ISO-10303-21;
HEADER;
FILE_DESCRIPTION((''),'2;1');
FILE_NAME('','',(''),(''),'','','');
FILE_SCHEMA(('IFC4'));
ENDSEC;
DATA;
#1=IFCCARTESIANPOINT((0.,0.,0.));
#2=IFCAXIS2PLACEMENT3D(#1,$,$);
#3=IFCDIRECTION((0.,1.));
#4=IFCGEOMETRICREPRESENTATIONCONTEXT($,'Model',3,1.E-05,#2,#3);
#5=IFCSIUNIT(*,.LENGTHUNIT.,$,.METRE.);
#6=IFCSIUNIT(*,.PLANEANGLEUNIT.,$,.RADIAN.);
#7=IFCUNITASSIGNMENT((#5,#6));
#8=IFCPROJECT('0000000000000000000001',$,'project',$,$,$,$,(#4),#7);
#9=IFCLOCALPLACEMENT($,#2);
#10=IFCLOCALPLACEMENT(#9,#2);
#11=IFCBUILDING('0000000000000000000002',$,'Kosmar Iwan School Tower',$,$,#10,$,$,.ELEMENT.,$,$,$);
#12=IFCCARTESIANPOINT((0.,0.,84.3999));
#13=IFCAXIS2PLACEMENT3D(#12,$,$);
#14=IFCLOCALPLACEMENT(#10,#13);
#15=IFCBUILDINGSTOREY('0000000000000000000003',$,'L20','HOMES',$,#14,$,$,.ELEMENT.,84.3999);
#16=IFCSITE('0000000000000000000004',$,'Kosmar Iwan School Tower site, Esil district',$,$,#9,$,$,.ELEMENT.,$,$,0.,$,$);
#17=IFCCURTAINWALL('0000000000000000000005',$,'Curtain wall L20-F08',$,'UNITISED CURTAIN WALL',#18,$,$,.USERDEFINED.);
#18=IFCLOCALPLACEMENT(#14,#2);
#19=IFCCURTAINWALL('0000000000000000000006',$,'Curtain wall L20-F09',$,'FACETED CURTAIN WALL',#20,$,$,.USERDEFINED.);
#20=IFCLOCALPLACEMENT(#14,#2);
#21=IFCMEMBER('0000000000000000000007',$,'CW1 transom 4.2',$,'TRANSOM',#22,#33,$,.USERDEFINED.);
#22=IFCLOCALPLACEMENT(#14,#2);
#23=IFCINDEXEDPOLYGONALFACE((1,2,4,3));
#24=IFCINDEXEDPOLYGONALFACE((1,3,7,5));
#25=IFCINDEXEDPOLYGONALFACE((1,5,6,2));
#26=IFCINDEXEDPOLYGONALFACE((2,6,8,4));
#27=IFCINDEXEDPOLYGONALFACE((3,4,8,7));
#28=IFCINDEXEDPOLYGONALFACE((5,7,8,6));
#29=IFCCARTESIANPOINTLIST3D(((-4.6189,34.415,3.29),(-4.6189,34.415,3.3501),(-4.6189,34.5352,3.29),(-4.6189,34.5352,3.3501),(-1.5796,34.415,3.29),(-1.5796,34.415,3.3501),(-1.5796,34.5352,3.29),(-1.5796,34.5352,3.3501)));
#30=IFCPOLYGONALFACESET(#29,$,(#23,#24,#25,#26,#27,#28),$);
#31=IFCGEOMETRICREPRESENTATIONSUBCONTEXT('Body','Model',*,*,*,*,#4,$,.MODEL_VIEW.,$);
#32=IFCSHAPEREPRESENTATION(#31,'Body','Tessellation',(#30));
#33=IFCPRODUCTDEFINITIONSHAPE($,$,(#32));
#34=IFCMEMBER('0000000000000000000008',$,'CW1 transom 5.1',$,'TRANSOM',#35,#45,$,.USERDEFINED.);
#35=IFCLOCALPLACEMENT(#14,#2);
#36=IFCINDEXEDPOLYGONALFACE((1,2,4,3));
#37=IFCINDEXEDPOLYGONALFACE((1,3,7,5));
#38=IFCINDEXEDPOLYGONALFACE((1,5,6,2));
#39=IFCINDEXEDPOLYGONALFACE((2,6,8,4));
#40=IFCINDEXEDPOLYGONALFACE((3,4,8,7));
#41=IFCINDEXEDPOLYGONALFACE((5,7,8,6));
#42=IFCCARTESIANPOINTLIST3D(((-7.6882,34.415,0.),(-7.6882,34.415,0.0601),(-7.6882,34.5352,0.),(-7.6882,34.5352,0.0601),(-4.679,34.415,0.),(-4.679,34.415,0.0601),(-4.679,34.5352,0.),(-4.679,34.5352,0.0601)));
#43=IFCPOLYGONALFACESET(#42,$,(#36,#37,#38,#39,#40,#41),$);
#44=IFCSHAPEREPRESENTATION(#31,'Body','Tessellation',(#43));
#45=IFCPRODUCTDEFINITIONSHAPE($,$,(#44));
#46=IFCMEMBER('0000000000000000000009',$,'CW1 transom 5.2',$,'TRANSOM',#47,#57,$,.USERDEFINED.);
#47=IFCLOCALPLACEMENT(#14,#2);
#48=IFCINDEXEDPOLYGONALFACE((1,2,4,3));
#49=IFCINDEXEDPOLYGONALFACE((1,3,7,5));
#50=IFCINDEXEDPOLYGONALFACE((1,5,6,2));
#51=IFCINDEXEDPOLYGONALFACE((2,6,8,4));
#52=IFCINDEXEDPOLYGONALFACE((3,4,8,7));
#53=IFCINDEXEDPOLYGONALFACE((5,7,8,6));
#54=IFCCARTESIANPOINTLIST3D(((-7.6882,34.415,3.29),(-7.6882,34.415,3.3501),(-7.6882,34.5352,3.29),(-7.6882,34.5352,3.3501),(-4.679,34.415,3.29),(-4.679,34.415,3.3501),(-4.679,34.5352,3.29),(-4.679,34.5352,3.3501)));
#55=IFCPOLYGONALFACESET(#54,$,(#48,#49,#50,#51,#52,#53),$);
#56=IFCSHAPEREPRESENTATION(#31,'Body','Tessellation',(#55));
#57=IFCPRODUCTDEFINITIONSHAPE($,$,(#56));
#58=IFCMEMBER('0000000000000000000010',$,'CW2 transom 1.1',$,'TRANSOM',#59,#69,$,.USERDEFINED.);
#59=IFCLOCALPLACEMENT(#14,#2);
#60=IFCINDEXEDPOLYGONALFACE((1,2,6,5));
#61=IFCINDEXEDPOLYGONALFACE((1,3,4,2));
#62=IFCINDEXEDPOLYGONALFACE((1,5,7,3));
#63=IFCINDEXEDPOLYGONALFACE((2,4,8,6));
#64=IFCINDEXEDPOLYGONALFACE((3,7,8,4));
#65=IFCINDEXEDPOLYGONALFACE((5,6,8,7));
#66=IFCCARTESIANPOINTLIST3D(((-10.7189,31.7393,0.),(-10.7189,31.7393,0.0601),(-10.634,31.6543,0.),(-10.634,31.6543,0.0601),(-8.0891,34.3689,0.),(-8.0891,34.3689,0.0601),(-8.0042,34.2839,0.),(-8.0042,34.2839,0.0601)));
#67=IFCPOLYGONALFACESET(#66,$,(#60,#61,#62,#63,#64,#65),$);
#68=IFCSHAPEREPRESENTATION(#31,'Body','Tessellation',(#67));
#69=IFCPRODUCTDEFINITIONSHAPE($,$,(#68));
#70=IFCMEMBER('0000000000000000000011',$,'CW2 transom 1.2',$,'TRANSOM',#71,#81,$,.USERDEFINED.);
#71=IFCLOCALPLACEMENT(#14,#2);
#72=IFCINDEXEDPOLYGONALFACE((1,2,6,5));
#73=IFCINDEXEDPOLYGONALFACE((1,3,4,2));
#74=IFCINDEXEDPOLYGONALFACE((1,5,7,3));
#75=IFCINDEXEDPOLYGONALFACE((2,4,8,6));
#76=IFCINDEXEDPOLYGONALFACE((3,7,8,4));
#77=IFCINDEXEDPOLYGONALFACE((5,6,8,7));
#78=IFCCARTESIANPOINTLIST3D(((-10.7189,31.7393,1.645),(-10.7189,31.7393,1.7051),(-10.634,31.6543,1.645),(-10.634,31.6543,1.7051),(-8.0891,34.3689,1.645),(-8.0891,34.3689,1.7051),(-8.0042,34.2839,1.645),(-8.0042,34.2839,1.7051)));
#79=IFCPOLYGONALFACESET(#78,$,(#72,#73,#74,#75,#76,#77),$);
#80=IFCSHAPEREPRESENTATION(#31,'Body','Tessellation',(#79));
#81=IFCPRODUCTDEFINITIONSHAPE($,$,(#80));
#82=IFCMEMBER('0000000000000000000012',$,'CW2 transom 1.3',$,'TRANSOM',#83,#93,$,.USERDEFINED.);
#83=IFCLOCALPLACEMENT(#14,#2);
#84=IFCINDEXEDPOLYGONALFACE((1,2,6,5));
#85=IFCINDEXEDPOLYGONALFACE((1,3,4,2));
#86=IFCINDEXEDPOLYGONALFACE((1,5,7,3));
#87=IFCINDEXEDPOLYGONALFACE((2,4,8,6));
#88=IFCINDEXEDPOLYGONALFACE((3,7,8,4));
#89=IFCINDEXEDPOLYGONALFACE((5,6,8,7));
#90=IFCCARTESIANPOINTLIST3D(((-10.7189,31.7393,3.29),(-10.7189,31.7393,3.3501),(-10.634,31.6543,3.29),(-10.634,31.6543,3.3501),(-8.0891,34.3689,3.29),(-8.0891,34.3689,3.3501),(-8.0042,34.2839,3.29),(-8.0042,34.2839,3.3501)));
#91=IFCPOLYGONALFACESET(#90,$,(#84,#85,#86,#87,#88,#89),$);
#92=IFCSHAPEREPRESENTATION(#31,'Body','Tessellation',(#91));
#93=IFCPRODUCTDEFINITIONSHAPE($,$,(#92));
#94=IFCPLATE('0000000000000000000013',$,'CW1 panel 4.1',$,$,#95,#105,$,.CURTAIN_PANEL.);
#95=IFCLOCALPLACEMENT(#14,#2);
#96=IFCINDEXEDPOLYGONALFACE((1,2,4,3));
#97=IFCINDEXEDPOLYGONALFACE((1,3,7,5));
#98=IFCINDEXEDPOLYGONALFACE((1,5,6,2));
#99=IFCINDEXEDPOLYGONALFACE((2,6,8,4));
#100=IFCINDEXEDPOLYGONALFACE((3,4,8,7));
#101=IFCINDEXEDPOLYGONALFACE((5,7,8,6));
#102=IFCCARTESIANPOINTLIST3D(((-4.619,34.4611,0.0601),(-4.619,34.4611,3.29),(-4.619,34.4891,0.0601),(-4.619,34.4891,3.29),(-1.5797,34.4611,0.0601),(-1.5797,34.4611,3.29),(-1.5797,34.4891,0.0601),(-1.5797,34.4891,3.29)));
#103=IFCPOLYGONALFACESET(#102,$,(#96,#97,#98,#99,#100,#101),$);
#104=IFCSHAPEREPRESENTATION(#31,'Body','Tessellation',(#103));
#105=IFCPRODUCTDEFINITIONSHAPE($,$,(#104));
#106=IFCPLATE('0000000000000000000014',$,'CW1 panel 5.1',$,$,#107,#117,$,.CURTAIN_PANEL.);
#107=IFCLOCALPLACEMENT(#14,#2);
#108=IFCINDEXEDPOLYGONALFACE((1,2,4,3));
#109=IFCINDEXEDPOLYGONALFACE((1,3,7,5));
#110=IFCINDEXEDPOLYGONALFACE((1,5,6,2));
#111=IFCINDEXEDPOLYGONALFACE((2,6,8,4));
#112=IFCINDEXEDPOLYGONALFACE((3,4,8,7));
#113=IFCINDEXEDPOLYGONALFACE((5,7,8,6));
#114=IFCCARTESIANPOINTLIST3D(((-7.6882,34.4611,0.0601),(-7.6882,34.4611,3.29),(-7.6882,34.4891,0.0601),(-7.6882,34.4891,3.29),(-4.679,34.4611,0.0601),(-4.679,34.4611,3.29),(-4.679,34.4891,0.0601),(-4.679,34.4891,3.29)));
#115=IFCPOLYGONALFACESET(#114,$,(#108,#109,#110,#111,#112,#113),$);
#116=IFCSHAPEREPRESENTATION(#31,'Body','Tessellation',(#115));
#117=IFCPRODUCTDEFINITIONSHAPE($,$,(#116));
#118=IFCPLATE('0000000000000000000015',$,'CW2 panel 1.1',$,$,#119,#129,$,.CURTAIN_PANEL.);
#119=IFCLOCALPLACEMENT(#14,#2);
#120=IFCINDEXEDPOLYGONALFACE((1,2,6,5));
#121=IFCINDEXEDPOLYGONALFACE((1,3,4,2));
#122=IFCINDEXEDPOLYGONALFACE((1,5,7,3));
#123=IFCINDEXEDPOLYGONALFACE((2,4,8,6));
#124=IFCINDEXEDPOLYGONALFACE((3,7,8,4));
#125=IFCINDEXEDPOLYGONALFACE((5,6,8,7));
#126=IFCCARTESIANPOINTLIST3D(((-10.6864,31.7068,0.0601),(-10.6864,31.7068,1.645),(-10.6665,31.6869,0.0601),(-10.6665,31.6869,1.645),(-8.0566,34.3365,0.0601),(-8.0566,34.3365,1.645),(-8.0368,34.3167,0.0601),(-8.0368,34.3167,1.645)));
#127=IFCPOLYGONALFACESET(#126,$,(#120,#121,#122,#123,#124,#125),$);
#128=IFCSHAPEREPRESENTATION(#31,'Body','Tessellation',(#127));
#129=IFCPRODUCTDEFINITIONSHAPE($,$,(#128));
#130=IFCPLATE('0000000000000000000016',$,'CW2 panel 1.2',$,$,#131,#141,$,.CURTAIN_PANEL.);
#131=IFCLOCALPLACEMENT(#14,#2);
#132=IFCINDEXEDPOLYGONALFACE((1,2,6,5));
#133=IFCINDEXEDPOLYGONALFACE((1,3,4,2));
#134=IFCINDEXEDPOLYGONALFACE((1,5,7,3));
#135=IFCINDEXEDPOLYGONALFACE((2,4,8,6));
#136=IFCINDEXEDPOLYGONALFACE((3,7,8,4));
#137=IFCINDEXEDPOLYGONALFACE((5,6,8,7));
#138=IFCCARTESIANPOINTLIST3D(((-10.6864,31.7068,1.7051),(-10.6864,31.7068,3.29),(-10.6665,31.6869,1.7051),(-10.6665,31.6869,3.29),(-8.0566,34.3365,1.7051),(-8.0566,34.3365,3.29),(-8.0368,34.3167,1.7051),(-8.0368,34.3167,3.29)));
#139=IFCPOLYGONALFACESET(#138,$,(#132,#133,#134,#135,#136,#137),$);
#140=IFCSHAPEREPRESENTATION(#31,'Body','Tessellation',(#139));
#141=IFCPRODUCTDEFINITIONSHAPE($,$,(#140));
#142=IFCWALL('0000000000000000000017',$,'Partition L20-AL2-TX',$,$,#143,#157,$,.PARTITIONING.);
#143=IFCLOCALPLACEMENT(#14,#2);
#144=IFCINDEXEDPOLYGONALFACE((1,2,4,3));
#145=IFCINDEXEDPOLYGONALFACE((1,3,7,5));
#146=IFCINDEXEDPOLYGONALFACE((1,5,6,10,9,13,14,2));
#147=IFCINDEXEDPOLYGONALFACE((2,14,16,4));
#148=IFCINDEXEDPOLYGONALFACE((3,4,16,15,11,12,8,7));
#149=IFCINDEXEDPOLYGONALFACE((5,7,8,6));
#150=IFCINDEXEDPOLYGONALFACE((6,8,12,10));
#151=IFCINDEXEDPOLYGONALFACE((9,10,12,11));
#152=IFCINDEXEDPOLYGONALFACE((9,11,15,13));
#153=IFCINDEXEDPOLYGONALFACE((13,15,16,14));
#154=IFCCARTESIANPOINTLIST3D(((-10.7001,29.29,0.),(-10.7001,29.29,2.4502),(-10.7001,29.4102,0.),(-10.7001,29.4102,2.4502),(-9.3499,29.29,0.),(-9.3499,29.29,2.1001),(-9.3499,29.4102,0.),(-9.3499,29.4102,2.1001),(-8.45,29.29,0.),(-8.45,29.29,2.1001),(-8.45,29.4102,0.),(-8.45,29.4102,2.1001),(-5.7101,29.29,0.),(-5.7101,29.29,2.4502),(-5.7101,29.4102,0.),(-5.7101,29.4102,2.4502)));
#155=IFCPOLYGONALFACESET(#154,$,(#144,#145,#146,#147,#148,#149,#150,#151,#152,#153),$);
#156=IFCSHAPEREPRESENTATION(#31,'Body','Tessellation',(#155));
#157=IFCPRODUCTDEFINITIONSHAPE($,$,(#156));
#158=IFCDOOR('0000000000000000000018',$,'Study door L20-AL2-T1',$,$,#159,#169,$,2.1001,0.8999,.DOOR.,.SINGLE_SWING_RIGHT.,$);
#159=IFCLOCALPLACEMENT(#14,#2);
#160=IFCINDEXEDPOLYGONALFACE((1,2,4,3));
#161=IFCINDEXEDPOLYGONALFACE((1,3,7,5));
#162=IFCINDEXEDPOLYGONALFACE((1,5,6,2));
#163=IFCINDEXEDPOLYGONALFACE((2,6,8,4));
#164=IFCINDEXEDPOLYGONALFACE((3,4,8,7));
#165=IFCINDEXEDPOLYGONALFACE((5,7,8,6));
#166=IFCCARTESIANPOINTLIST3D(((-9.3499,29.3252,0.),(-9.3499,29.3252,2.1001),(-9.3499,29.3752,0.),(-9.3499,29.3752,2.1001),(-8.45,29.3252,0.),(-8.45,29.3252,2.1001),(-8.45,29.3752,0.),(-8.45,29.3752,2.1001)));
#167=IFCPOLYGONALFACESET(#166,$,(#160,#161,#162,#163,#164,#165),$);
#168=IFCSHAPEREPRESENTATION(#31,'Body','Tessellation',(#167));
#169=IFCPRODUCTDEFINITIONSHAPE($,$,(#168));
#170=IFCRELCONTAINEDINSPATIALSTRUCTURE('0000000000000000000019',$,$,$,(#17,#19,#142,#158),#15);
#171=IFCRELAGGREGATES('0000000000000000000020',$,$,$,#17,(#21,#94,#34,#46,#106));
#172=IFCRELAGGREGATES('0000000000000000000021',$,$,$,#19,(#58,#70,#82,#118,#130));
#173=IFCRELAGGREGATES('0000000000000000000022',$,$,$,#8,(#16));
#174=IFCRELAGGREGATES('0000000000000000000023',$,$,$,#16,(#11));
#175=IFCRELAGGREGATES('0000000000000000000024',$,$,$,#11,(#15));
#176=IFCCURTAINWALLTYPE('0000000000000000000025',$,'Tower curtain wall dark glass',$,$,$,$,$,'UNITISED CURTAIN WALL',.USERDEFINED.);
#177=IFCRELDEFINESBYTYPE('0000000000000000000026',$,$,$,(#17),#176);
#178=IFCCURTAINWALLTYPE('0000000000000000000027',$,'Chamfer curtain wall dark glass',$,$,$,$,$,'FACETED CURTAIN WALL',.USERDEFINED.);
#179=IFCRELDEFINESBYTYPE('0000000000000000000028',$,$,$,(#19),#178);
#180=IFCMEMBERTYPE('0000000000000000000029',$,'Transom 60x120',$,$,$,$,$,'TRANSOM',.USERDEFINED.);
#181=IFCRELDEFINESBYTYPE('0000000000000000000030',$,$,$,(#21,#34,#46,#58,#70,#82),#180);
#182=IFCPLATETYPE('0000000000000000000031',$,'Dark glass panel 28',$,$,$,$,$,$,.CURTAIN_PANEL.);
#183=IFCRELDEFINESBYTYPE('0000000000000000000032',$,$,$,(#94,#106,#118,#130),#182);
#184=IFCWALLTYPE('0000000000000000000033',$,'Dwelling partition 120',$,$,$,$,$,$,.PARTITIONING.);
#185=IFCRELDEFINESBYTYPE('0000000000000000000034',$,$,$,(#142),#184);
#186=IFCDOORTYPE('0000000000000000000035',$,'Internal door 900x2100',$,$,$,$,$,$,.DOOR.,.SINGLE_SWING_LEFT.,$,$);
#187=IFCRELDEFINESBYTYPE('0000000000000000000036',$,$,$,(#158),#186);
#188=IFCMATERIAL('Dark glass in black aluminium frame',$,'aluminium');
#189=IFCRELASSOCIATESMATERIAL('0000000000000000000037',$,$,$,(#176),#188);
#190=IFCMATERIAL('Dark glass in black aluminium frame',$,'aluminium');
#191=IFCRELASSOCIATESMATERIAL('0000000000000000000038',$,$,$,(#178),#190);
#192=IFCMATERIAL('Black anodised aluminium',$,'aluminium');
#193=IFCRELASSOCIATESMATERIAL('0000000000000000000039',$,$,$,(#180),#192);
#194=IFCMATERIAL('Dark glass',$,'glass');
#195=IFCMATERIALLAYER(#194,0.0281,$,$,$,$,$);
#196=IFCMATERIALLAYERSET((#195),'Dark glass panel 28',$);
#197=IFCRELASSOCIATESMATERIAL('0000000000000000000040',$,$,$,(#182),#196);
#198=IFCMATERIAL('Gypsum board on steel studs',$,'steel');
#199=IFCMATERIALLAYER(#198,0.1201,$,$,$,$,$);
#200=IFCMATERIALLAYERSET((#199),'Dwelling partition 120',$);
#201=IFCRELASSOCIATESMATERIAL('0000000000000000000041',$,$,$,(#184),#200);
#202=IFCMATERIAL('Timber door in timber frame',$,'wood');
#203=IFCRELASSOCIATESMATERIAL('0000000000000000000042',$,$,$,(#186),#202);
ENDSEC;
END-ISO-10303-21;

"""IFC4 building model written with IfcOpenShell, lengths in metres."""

from ifc_helpers import new_model, si_unit, direction, frame, frame_2d, origin, origin_2d, place, context, subcontext, project, spatial, rectangle, extrude, material, layer, layer_set, material_profile, profile_set, type_object, element, fill, aggregate, save


model = new_model("IFC4")

# Units and contexts
model_context = context("Model", 3, precision=1e-05, world=origin(), true_north=direction((0.0, 1.0)))
body_context = subcontext(model_context, "Body", "Model", "MODEL_VIEW")
ifc_project = project(units=[si_unit("LENGTHUNIT", "METRE"), si_unit("PLANEANGLEUNIT", "RADIAN")], contexts=[model_context])

# Site, building, storey
site_placement = place(None, origin())
site = spatial("IfcSite", under=ifc_project, at=site_placement, Name="Kosmar Iwan School Tower site, Esil district", CompositionType="ELEMENT", RefElevation=0.0)
building_placement = place(site_placement, origin())
building = spatial("IfcBuilding", under=site, at=building_placement, Name="Kosmar Iwan School Tower", CompositionType="ELEMENT")
storey_placement = place(building_placement, frame((0.0, 0.0, 84.3999)))
storey = spatial("IfcBuildingStorey", under=building, at=storey_placement, Name="L20", Description="HOMES", CompositionType="ELEMENT", Elevation=84.3999)

# Curtain walls
ifc_material_1 = material(Name="Dark glass in black aluminium frame", Category="aluminium")
curtain_wall_type_1 = type_object("IfcCurtainWallType", Name="Tower curtain wall dark glass", ElementType="UNITISED CURTAIN WALL", PredefinedType="USERDEFINED", material=ifc_material_1)
curtain_wall_1_placement = place(storey_placement, origin())
curtain_wall_1 = element("IfcCurtainWall", 1, at=curtain_wall_1_placement, inside=storey, type_object=curtain_wall_type_1, Name="Curtain wall L20-F08", ObjectType="UNITISED CURTAIN WALL", PredefinedType="USERDEFINED")
ifc_material_2 = material(Name="Dark glass in black aluminium frame", Category="aluminium")
curtain_wall_type_2 = type_object("IfcCurtainWallType", Name="Chamfer curtain wall dark glass", ElementType="FACETED CURTAIN WALL", PredefinedType="USERDEFINED", material=ifc_material_2)
curtain_wall_2_placement = place(storey_placement, origin())
curtain_wall_2 = element("IfcCurtainWall", 2, at=curtain_wall_2_placement, inside=storey, type_object=curtain_wall_type_2, Name="Curtain wall L20-F09", ObjectType="FACETED CURTAIN WALL", PredefinedType="USERDEFINED")

# Members
ifc_material_3 = material(Name="Black anodised aluminium", Category="aluminium")
ifc_material_profile_1 = material_profile(ifc_material_3, rectangle(XDim=0.1201, YDim=0.0601, at=origin_2d()), Name="TRANSOM 60x120")
ifc_profile_set_1 = profile_set([ifc_material_profile_1], Name="Black anodised aluminium")
member_type_1 = type_object("IfcMemberType", Name="Transom 60x120", ElementType="TRANSOM", PredefinedType="USERDEFINED", material=ifc_profile_set_1)
member_1_placement = place(storey_placement, frame((-1.5796, 34.4751, 3.3201), z_axis=(-1.0, 0.0, 0.0), x_axis=(0.0, -1.0, 0.0)))
member_1 = element("IfcMember", 3, at=member_1_placement, type_object=member_type_1, Name="CW1 transom 4.2", ObjectType="TRANSOM", PredefinedType="USERDEFINED", context=body_context, shape_type="SweptSolid", body=[
    extrude(rectangle(XDim=0.1201, YDim=0.0601, at=origin_2d()), origin(), (0.0, 0.0, 1.0), 3.0393),
])
member_2_placement = place(storey_placement, frame((-4.679, 34.4751, 0.03), z_axis=(-1.0, 0.0, 0.0), x_axis=(0.0, -1.0, 0.0)))
member_2 = element("IfcMember", 4, at=member_2_placement, type_object=member_type_1, Name="CW1 transom 5.1", ObjectType="TRANSOM", PredefinedType="USERDEFINED", context=body_context, shape_type="SweptSolid", body=[
    extrude(rectangle(XDim=0.1201, YDim=0.0601, at=origin_2d()), origin(), (0.0, 0.0, 1.0), 3.0093),
])
member_3_placement = place(storey_placement, frame((-4.679, 34.4751, 3.3201), z_axis=(-1.0, 0.0, 0.0), x_axis=(0.0, -1.0, 0.0)))
member_3 = element("IfcMember", 5, at=member_3_placement, type_object=member_type_1, Name="CW1 transom 5.2", ObjectType="TRANSOM", PredefinedType="USERDEFINED", context=body_context, shape_type="SweptSolid", body=[
    extrude(rectangle(XDim=0.1201, YDim=0.0601, at=origin_2d()), origin(), (0.0, 0.0, 1.0), 3.0093),
])
member_4_placement = place(storey_placement, frame((-8.0466, 34.3264, 0.03), z_axis=(-0.70714, -0.707074, 0.0), x_axis=(0.707074, -0.70714, 0.0)))
member_4 = element("IfcMember", 6, at=member_4_placement, type_object=member_type_1, Name="CW2 transom 1.1", ObjectType="TRANSOM", PredefinedType="USERDEFINED", context=body_context, shape_type="SweptSolid", body=[
    extrude(rectangle(XDim=0.1201, YDim=0.0601, at=origin_2d()), origin(), (0.0, 0.0, 1.0), 3.719),
])
member_5_placement = place(storey_placement, frame((-8.0466, 34.3264, 1.675), z_axis=(-0.70714, -0.707074, 0.0), x_axis=(0.707074, -0.70714, 0.0)))
member_5 = element("IfcMember", 7, at=member_5_placement, type_object=member_type_1, Name="CW2 transom 1.2", ObjectType="TRANSOM", PredefinedType="USERDEFINED", context=body_context, shape_type="SweptSolid", body=[
    extrude(rectangle(XDim=0.1201, YDim=0.0601, at=origin_2d()), origin(), (0.0, 0.0, 1.0), 3.719),
])
member_6_placement = place(storey_placement, frame((-8.0466, 34.3264, 3.3201), z_axis=(-0.70714, -0.707074, 0.0), x_axis=(0.707074, -0.70714, 0.0)))
member_6 = element("IfcMember", 8, at=member_6_placement, type_object=member_type_1, Name="CW2 transom 1.3", ObjectType="TRANSOM", PredefinedType="USERDEFINED", context=body_context, shape_type="SweptSolid", body=[
    extrude(rectangle(XDim=0.1201, YDim=0.0601, at=origin_2d()), origin(), (0.0, 0.0, 1.0), 3.719),
])

# Plates
ifc_material_4 = material(Name="Dark glass", Category="glass")
ifc_layer_1 = layer(ifc_material_4, 0.0281)
ifc_layer_set_1 = layer_set([ifc_layer_1], Name="Dark glass panel 28")
plate_type = type_object("IfcPlateType", Name="Dark glass panel 28", PredefinedType="CURTAIN_PANEL", material=ifc_layer_set_1)
plate_1_placement = place(storey_placement, frame((-3.0994, 34.4751, 0.0601), z_axis=(0.0, 0.0, 1.0), x_axis=(-1.0, 0.0, 0.0)))
plate_1 = element("IfcPlate", 9, at=plate_1_placement, type_object=plate_type, Name="CW1 panel 4.1", PredefinedType="CURTAIN_PANEL", context=body_context, shape_type="SweptSolid", body=[
    extrude(rectangle(XDim=3.0393, YDim=0.0281, at=origin_2d()), origin(), (0.0, 0.0, 1.0), 3.23),
])
plate_2_placement = place(storey_placement, frame((-6.1836, 34.4751, 0.0601), z_axis=(0.0, 0.0, 1.0), x_axis=(-1.0, 0.0, 0.0)))
plate_2 = element("IfcPlate", 10, at=plate_2_placement, type_object=plate_type, Name="CW1 panel 5.1", PredefinedType="CURTAIN_PANEL", context=body_context, shape_type="SweptSolid", body=[
    extrude(rectangle(XDim=3.0093, YDim=0.0281, at=origin_2d()), origin(), (0.0, 0.0, 1.0), 3.23),
])
aggregate(curtain_wall_1, [member_1, plate_1, member_2, member_3, plate_2])
plate_3_placement = place(storey_placement, frame((-9.3616, 33.0117, 0.0601), z_axis=(0.0, 0.0, 1.0), x_axis=(-0.707107, -0.707107, 0.0)))
plate_3 = element("IfcPlate", 11, at=plate_3_placement, type_object=plate_type, Name="CW2 panel 1.1", PredefinedType="CURTAIN_PANEL", context=body_context, shape_type="SweptSolid", body=[
    extrude(rectangle(XDim=3.719, YDim=0.0281, at=origin_2d()), origin(), (0.0, 0.0, 1.0), 1.585),
])
plate_4_placement = place(storey_placement, frame((-9.3616, 33.0117, 1.7051), z_axis=(0.0, 0.0, 1.0), x_axis=(-0.707107, -0.707107, 0.0)))
plate_4 = element("IfcPlate", 12, at=plate_4_placement, type_object=plate_type, Name="CW2 panel 1.2", PredefinedType="CURTAIN_PANEL", context=body_context, shape_type="SweptSolid", body=[
    extrude(rectangle(XDim=3.719, YDim=0.0281, at=origin_2d()), origin(), (0.0, 0.0, 1.0), 1.585),
])
aggregate(curtain_wall_2, [member_4, member_5, member_6, plate_3, plate_4])

# Wall, opening, door
ifc_material_5 = material(Name="Gypsum board on steel studs", Category="steel")
ifc_layer_2 = layer(ifc_material_5, 0.1201)
ifc_layer_set_2 = layer_set([ifc_layer_2], Name="Dwelling partition 120")
wall_type_1 = type_object("IfcWallType", Name="Dwelling partition 120", PredefinedType="PARTITIONING", material=ifc_layer_set_2)
wall_1_placement = place(storey_placement, frame((-5.71, 29.3501, 0.0), z_axis=(0.0, 0.0, 1.0), x_axis=(-1.0, 0.0, 0.0)))
wall_1 = element("IfcWall", 13, at=wall_1_placement, inside=storey, type_object=wall_type_1, Name="Partition L20-AL2-TX", PredefinedType="PARTITIONING", context=body_context, shape_type="SweptSolid", body=[
    extrude(rectangle(XDim=4.99, YDim=0.1201, at=frame_2d((2.4951, 0.0))), origin(), (0.0, 0.0, 1.0), 2.4502),
])
opening_1_placement = place(wall_1_placement, frame((2.74, 0.0, 0.0)))
opening_1 = element("IfcOpeningElement", 14, at=opening_1_placement, cuts=wall_1, PredefinedType="OPENING", context=body_context, shape_type="SweptSolid", body=[
    extrude(rectangle(XDim=0.8999, YDim=2.1001, at=frame_2d((0.45, 1.05))), frame((0.0, 0.072, 0.0), z_axis=(0.0, -1.0, 0.0), x_axis=(1.0, 0.0, 0.0)), (0.0, 0.0, 1.0), 0.144),
])
ifc_material_6 = material(Name="Timber door in timber frame", Category="wood")
door_type_1 = type_object("IfcDoorType", Name="Internal door 900x2100", OperationType="SINGLE_SWING_LEFT", PredefinedType="DOOR", material=ifc_material_6)
door_1_placement = place(opening_1_placement, origin())
door_1 = element("IfcDoor", 15, at=door_1_placement, inside=storey, type_object=door_type_1, Name="Study door L20-AL2-T1", OperationType="SINGLE_SWING_RIGHT", OverallHeight=2.1001, OverallWidth=0.8999, PredefinedType="DOOR", context=body_context, shape_type="SweptSolid", body=[
    extrude(rectangle(XDim=0.8999, YDim=2.1001, at=frame_2d((0.45, 1.05))), frame((0.0, 0.0249, 0.0), z_axis=(0.0, -1.0, 0.0), x_axis=(1.0, 0.0, 0.0)), (0.0, 0.0, 1.0), 0.05),
])
fill(opening_1, door_1)

save(model, "model.ifc")
